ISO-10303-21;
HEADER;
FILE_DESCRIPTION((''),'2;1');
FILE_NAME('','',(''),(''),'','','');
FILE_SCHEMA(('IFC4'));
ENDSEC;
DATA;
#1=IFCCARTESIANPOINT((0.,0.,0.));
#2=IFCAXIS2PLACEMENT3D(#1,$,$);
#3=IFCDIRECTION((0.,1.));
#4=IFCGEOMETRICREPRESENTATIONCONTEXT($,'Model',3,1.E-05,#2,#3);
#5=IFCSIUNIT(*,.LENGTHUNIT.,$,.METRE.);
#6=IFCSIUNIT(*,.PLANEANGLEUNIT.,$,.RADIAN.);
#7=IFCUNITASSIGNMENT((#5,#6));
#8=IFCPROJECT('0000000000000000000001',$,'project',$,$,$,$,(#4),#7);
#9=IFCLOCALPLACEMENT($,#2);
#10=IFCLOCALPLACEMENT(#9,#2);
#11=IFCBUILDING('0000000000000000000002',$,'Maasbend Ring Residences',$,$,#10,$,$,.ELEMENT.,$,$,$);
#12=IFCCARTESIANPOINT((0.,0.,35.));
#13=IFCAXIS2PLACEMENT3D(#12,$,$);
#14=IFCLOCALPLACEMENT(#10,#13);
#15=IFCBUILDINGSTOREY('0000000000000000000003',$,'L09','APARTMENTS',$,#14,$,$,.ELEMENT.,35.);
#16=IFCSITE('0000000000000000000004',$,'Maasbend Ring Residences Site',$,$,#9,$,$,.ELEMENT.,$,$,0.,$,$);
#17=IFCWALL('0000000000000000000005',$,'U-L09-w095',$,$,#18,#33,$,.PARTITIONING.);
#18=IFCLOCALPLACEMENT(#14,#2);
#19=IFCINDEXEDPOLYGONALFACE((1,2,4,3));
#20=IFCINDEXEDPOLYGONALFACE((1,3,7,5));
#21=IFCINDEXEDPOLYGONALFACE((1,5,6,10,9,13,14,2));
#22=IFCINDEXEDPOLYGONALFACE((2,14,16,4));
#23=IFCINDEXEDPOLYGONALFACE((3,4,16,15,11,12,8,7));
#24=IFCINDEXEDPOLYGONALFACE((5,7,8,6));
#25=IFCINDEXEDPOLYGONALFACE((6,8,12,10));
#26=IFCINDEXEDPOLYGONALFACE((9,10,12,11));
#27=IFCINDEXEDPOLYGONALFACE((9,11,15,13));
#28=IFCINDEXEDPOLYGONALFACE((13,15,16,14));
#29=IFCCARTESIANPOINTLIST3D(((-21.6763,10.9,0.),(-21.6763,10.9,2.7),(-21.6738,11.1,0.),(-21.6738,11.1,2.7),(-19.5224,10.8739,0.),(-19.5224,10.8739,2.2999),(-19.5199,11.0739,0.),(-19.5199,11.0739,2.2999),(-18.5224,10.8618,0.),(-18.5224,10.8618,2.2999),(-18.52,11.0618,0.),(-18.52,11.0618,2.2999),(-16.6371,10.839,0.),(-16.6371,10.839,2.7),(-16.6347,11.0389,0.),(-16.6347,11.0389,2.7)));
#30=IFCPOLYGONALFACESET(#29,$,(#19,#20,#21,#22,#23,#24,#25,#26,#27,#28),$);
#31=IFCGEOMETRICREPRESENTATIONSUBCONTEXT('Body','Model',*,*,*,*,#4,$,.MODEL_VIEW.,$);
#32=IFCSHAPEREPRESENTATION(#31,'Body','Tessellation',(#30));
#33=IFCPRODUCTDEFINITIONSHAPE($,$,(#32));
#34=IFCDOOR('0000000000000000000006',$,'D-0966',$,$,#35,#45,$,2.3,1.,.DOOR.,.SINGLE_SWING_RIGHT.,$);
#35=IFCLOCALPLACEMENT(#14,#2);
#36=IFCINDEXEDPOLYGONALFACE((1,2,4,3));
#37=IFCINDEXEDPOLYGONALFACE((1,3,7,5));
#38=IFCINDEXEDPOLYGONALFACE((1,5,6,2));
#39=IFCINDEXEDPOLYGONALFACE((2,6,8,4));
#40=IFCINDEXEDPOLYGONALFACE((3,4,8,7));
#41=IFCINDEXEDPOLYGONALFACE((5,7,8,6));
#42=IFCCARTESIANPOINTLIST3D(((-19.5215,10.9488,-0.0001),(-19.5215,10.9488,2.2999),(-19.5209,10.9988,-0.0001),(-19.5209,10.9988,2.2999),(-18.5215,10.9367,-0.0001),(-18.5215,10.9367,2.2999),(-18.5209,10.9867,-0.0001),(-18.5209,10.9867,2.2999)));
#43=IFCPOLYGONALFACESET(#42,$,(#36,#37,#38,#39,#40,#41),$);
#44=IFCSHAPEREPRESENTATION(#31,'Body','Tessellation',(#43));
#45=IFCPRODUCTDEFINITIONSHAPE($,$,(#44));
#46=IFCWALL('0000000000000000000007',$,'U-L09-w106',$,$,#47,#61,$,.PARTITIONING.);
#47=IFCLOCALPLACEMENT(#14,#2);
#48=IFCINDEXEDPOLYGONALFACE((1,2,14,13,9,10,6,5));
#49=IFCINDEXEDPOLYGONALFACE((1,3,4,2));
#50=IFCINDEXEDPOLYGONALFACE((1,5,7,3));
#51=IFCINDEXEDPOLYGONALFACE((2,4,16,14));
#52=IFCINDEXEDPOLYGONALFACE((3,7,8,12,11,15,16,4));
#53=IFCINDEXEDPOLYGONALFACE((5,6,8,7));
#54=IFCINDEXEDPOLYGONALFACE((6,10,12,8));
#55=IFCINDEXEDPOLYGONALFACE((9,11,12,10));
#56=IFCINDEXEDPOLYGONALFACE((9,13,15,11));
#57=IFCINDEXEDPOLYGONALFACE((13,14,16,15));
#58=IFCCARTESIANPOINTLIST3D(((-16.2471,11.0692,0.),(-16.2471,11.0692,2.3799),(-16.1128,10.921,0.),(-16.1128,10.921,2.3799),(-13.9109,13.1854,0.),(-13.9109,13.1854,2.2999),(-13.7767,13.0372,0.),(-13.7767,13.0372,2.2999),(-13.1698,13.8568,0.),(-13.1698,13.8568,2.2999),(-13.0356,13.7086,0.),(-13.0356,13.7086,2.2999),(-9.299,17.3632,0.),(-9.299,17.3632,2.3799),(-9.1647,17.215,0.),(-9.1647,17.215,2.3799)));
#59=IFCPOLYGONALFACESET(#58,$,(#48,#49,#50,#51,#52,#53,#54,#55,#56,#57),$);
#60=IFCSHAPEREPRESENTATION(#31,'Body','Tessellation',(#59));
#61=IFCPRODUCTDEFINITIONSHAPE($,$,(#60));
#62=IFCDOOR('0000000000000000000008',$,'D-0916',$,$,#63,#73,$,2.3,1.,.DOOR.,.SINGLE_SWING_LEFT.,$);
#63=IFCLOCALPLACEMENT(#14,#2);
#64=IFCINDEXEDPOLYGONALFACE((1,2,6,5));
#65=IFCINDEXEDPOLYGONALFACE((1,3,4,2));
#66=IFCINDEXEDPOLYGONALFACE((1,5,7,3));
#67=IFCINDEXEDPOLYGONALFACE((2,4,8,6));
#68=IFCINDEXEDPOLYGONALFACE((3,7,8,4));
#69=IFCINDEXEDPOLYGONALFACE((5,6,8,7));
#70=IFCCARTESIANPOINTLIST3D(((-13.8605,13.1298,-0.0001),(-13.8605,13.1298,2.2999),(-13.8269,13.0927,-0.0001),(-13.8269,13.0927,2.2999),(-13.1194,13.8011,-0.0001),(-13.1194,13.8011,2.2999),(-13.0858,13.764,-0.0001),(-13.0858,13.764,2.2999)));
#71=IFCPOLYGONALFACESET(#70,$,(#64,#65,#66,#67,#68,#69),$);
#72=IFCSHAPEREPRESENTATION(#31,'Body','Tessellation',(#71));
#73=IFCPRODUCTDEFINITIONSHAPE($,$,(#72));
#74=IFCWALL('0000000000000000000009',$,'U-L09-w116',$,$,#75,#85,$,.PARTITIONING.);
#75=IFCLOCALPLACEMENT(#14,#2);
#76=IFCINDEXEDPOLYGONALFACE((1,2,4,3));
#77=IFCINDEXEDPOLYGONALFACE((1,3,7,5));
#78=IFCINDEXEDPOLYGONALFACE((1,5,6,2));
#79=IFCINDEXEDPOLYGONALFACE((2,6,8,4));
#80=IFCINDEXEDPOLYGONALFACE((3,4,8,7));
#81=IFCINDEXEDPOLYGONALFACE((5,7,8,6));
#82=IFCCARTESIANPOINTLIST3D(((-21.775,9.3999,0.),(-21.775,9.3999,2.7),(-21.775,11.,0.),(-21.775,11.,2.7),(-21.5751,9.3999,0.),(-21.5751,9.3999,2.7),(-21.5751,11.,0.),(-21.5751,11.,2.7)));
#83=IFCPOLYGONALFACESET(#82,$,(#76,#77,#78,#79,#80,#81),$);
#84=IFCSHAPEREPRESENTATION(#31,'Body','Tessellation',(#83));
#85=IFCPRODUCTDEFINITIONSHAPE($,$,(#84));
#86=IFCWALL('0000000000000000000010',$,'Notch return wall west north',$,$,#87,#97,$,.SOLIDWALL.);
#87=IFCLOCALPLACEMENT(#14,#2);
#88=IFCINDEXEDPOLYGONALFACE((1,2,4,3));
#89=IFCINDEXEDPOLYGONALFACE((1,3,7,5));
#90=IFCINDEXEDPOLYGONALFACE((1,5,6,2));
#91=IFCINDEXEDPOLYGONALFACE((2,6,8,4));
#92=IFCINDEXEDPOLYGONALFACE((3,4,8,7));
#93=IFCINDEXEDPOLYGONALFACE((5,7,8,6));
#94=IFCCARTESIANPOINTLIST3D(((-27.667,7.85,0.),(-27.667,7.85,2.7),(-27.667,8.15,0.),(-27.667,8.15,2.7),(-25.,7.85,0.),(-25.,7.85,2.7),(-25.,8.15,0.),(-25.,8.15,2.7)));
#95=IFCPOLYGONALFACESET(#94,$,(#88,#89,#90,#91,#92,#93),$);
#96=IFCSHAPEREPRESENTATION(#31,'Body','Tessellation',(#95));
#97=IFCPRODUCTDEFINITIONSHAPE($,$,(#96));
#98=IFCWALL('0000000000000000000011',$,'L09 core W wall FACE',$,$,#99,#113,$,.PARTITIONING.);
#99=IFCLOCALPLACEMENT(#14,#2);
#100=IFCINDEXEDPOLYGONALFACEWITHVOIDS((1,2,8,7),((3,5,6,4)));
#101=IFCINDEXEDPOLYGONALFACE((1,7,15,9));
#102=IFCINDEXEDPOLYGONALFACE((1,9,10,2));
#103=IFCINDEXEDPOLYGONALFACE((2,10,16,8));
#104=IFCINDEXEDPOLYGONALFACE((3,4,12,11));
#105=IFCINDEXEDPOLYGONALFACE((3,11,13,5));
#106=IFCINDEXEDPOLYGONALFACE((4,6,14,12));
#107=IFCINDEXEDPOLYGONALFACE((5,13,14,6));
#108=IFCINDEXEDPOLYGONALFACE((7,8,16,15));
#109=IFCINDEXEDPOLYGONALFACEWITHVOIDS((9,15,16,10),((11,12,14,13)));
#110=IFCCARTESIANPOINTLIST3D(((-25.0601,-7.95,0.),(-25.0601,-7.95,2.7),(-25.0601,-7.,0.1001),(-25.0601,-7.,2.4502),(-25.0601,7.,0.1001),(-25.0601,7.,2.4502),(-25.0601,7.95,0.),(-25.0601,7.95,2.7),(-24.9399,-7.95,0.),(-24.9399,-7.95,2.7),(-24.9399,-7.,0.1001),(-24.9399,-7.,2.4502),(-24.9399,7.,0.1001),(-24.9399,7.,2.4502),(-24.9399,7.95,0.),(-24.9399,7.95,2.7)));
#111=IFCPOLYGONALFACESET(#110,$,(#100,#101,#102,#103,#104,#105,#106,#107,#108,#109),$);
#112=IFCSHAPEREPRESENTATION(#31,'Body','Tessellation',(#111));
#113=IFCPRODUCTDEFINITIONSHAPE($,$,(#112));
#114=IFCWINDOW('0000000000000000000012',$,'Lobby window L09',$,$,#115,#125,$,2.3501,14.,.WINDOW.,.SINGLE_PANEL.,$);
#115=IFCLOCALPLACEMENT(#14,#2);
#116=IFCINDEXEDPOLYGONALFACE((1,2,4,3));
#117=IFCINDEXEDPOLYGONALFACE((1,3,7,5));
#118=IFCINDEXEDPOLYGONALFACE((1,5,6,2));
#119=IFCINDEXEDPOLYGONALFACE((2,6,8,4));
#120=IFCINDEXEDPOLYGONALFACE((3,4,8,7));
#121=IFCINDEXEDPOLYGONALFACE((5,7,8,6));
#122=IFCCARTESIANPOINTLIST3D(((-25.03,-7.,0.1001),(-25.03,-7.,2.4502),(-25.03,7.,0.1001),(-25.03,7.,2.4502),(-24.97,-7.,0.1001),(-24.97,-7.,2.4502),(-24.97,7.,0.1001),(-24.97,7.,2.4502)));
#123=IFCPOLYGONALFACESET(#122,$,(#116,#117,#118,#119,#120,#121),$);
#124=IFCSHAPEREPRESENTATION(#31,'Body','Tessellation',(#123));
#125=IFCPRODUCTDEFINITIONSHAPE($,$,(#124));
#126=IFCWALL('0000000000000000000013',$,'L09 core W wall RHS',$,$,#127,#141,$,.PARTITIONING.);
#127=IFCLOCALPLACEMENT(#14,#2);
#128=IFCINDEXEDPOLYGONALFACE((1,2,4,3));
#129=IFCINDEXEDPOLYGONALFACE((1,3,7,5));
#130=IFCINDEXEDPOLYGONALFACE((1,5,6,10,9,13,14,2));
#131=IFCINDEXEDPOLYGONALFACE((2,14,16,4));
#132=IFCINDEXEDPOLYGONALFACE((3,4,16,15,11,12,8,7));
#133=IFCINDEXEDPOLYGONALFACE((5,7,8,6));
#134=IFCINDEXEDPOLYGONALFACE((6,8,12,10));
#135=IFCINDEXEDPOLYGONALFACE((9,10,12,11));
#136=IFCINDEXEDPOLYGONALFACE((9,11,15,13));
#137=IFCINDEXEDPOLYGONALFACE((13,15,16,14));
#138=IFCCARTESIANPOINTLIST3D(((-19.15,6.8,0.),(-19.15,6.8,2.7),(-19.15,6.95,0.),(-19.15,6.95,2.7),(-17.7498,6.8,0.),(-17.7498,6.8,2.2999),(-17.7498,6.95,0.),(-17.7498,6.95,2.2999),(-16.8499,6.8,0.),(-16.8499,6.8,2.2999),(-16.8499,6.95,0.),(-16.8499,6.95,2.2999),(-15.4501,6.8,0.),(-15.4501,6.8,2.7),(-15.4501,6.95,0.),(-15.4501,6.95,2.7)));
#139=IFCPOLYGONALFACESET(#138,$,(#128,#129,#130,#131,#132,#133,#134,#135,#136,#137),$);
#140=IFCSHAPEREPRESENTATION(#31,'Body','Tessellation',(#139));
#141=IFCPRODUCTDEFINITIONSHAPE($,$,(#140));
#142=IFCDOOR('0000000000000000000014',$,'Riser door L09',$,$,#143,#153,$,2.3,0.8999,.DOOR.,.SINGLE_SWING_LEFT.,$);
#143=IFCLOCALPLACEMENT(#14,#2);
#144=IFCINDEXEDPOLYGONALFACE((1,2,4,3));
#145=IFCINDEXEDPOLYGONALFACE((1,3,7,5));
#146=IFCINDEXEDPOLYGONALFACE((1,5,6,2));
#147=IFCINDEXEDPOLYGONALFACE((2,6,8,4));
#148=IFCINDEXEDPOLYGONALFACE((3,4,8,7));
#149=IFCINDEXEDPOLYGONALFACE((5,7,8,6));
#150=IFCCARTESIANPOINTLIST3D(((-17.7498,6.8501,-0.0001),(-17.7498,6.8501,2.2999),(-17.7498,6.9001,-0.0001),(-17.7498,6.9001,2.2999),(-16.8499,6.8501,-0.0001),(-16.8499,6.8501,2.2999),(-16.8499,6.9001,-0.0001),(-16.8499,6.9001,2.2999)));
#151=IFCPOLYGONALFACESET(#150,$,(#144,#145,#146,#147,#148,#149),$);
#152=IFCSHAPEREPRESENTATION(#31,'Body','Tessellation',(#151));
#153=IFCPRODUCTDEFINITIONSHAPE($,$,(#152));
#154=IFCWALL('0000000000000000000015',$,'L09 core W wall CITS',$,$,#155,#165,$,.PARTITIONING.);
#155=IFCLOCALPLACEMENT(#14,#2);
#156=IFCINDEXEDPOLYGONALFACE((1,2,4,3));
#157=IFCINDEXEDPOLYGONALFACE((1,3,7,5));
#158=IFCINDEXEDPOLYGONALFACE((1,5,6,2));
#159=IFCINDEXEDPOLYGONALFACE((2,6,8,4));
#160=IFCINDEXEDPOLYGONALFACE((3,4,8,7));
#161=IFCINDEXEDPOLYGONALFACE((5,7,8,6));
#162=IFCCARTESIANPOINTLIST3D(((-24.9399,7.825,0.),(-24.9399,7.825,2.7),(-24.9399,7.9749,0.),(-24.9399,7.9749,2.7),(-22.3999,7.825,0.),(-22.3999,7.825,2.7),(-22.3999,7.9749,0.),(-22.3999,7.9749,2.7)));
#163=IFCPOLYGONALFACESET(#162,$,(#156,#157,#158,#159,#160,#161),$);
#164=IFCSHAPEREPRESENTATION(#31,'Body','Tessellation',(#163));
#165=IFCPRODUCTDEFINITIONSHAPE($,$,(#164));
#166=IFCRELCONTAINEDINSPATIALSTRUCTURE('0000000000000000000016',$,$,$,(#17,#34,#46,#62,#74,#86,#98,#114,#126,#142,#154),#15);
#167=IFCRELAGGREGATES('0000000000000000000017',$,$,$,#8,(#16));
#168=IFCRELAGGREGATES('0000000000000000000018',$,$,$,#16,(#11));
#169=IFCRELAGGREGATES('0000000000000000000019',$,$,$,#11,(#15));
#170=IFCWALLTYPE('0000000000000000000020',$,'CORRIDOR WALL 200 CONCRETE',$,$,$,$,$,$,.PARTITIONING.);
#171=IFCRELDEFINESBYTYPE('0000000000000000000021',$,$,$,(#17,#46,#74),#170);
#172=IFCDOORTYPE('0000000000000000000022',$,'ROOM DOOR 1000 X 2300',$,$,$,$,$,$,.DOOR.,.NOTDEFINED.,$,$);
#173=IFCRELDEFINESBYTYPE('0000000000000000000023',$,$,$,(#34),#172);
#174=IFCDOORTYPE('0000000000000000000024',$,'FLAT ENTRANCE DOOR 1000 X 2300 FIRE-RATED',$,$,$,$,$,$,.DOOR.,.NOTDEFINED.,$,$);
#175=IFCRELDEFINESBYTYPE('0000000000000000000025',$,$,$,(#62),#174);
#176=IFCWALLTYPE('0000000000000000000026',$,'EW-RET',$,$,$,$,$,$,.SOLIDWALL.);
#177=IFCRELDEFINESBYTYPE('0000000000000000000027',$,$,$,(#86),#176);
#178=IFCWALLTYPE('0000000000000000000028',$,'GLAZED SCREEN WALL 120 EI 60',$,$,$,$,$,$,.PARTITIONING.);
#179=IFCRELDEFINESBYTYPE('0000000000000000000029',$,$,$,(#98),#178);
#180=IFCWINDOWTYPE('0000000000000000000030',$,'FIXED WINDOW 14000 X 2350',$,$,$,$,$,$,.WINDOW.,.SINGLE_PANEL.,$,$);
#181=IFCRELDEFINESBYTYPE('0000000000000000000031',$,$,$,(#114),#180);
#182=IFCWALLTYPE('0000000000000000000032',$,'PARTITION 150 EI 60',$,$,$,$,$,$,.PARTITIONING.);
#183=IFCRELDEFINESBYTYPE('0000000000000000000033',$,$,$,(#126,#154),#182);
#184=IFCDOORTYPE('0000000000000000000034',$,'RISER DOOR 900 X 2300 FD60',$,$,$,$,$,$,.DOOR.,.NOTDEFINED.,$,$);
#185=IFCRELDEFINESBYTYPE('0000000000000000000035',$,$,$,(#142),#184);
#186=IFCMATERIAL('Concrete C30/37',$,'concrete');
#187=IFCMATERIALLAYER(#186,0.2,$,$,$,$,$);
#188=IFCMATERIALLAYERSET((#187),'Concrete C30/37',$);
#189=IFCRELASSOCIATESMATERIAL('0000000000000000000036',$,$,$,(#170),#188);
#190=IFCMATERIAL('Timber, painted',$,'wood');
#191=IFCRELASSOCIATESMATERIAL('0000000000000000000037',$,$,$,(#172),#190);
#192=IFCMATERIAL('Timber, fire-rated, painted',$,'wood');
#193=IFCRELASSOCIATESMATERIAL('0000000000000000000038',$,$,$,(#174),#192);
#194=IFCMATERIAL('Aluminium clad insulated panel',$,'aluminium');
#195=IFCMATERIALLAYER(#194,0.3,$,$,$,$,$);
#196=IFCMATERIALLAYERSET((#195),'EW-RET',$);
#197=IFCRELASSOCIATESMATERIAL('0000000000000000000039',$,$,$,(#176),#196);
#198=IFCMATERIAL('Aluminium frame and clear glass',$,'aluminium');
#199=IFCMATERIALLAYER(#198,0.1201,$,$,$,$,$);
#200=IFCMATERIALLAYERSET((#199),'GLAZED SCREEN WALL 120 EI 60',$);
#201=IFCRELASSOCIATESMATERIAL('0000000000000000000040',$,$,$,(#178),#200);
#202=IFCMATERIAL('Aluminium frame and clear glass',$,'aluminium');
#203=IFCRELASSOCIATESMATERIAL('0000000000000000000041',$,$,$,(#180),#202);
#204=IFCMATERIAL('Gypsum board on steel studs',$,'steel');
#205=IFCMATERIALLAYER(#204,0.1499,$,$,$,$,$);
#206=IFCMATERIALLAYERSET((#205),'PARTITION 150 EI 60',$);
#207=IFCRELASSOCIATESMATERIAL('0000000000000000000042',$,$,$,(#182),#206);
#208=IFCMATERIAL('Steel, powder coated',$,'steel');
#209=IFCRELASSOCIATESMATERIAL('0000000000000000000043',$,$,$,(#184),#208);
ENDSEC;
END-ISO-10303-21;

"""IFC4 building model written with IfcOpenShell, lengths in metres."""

from ifc_helpers import new_model, si_unit, direction, frame, frame_2d, origin, place, context, subcontext, project, spatial, rectangle, extrude, material, layer, layer_set, type_object, element, fill, save


model = new_model("IFC4")

# Units and contexts
model_context = context("Model", 3, precision=1e-05, world=origin(), true_north=direction((0.0, 1.0)))
body_context = subcontext(model_context, "Body", "Model", "MODEL_VIEW")
ifc_project = project(units=[si_unit("LENGTHUNIT", "METRE"), si_unit("PLANEANGLEUNIT", "RADIAN")], contexts=[model_context])

# Site, building, storey
site_placement = place(None, origin())
site = spatial("IfcSite", under=ifc_project, at=site_placement, Name="Maasbend Ring Residences Site", CompositionType="ELEMENT", RefElevation=0.0)
building_placement = place(site_placement, origin())
building = spatial("IfcBuilding", under=site, at=building_placement, Name="Maasbend Ring Residences", CompositionType="ELEMENT")
storey_placement = place(building_placement, frame((0.0, 0.0, 35.0)))
storey = spatial("IfcBuildingStorey", under=building, at=storey_placement, Name="L09", Description="APARTMENTS", CompositionType="ELEMENT", Elevation=35.0)

# Walls, openings, doors
ifc_material_1 = material(Name="Concrete C30/37", Category="concrete")
ifc_layer_1 = layer(ifc_material_1, 0.2)
ifc_layer_set_1 = layer_set([ifc_layer_1], Name="Concrete C30/37")
wall_type_1 = type_object("IfcWallType", Name="CORRIDOR WALL 200 CONCRETE", PredefinedType="PARTITIONING", material=ifc_layer_set_1)
wall_1_placement = place(storey_placement, frame((-21.675, 11.0, 0.0), z_axis=(0.0, 0.0, 1.0), x_axis=(0.999927, -0.012112, 0.0)))
wall_1 = element("IfcWall", 1, at=wall_1_placement, inside=storey, type_object=wall_type_1, Name="U-L09-w095", PredefinedType="PARTITIONING", context=body_context, shape_type="SweptSolid", body=[
    extrude(rectangle(XDim=5.0396, YDim=0.2, at=frame_2d((2.5198, 0.0))), origin(), (0.0, 0.0, 1.0), 2.7),
])
opening_1_placement = place(wall_1_placement, frame((2.1541, 0.0, 0.0)))
opening_1 = element("IfcOpeningElement", 2, at=opening_1_placement, cuts=wall_1, PredefinedType="OPENING", context=body_context, shape_type="SweptSolid", body=[
    extrude(rectangle(XDim=1.0, YDim=2.3, at=frame_2d((0.5, 1.1499))), frame((0.0, 0.1099, 0.0), z_axis=(0.0, -1.0, 0.0), x_axis=(1.0, 0.0, 0.0)), (0.0, 0.0, 1.0), 0.22),
])
ifc_material_2 = material(Name="Timber, painted", Category="wood")
door_type_1 = type_object("IfcDoorType", Name="ROOM DOOR 1000 X 2300", OperationType="NOTDEFINED", PredefinedType="DOOR", material=ifc_material_2)
door_1_placement = place(opening_1_placement, origin())
door_1 = element("IfcDoor", 3, at=door_1_placement, inside=storey, type_object=door_type_1, Name="D-0966", OperationType="SINGLE_SWING_RIGHT", OverallHeight=2.3, OverallWidth=1.0, PredefinedType="DOOR", context=body_context, shape_type="SweptSolid", body=[
    extrude(rectangle(XDim=1.0, YDim=2.3, at=frame_2d((0.5, 1.1499))), frame((0.0, 0.0249, 0.0), z_axis=(0.0, -1.0, 0.0), x_axis=(1.0, 0.0, 0.0)), (0.0, 0.0, 1.0), 0.05),
])
fill(opening_1, door_1)
wall_2_placement = place(storey_placement, frame((-16.1799, 10.9951, 0.0), z_axis=(0.0, 0.0, 1.0), x_axis=(0.741129, 0.671363, 0.0)))
wall_2 = element("IfcWall", 4, at=wall_2_placement, inside=storey, type_object=wall_type_1, Name="U-L09-w106", PredefinedType="PARTITIONING", context=body_context, shape_type="SweptSolid", body=[
    extrude(rectangle(XDim=9.375, YDim=0.2, at=frame_2d((4.6875, 0.0))), origin(), (0.0, 0.0, 1.0), 2.3799),
])
opening_2_placement = place(wall_2_placement, frame((3.1521, 0.0, 0.0)))
opening_2 = element("IfcOpeningElement", 5, at=opening_2_placement, cuts=wall_2, PredefinedType="OPENING", context=body_context, shape_type="SweptSolid", body=[
    extrude(rectangle(XDim=1.0, YDim=2.3, at=frame_2d((0.5, 1.1499))), frame((0.0, 0.1099, 0.0), z_axis=(0.0, -1.0, 0.0), x_axis=(1.0, 0.0, 0.0)), (0.0, 0.0, 1.0), 0.22),
])
ifc_material_3 = material(Name="Timber, fire-rated, painted", Category="wood")
door_type_2 = type_object("IfcDoorType", Name="FLAT ENTRANCE DOOR 1000 X 2300 FIRE-RATED", OperationType="NOTDEFINED", PredefinedType="DOOR", material=ifc_material_3)
door_2_placement = place(opening_2_placement, origin())
door_2 = element("IfcDoor", 6, at=door_2_placement, inside=storey, type_object=door_type_2, Name="D-0916", OperationType="SINGLE_SWING_LEFT", OverallHeight=2.3, OverallWidth=1.0, PredefinedType="DOOR", context=body_context, shape_type="SweptSolid", body=[
    extrude(rectangle(XDim=1.0, YDim=2.3, at=frame_2d((0.5, 1.1499))), frame((0.0, 0.0249, 0.0), z_axis=(0.0, -1.0, 0.0), x_axis=(1.0, 0.0, 0.0)), (0.0, 0.0, 1.0), 0.05),
])
fill(opening_2, door_2)

# Walls
wall_3_placement = place(storey_placement, frame((-21.675, 9.3999, 0.0), z_axis=(0.0, 0.0, 1.0), x_axis=(0.0, 1.0, 0.0)))
element("IfcWall", 7, at=wall_3_placement, inside=storey, type_object=wall_type_1, Name="U-L09-w116", PredefinedType="PARTITIONING", context=body_context, shape_type="SweptSolid", body=[
    extrude(rectangle(XDim=1.6001, YDim=0.2, at=frame_2d((0.8, 0.0))), origin(), (0.0, 0.0, 1.0), 2.7),
])
ifc_material_4 = material(Name="Aluminium clad insulated panel", Category="aluminium")
ifc_layer_2 = layer(ifc_material_4, 0.3)
ifc_layer_set_2 = layer_set([ifc_layer_2], Name="EW-RET")
wall_type_2 = type_object("IfcWallType", Name="EW-RET", PredefinedType="SOLIDWALL", material=ifc_layer_set_2)
wall_4_placement = place(storey_placement, frame((-25.0, 8.0, 0.0), z_axis=(0.0, 0.0, 1.0), x_axis=(-1.0, 0.0, 0.0)))
element("IfcWall", 8, at=wall_4_placement, inside=storey, type_object=wall_type_2, Name="Notch return wall west north", PredefinedType="SOLIDWALL", context=body_context, shape_type="SweptSolid", body=[
    extrude(rectangle(XDim=2.667, YDim=0.3, at=frame_2d((1.3335, 0.0))), origin(), (0.0, 0.0, 1.0), 2.7),
])

# Wall, opening, window
ifc_material_5 = material(Name="Aluminium frame and clear glass", Category="aluminium")
ifc_layer_3 = layer(ifc_material_5, 0.1201)
ifc_layer_set_3 = layer_set([ifc_layer_3], Name="GLAZED SCREEN WALL 120 EI 60")
wall_type_3 = type_object("IfcWallType", Name="GLAZED SCREEN WALL 120 EI 60", PredefinedType="PARTITIONING", material=ifc_layer_set_3)
wall_5_placement = place(storey_placement, frame((-25.0, 7.95, 0.0), z_axis=(0.0, 0.0, 1.0), x_axis=(0.0, -1.0, 0.0)))
wall_5 = element("IfcWall", 9, at=wall_5_placement, inside=storey, type_object=wall_type_3, Name="L09 core W wall FACE", PredefinedType="PARTITIONING", context=body_context, shape_type="SweptSolid", body=[
    extrude(rectangle(XDim=15.8999, YDim=0.1201, at=frame_2d((7.95, 0.0))), origin(), (0.0, 0.0, 1.0), 2.7),
])
opening_3_placement = place(wall_5_placement, frame((0.95, 0.0, 0.1001)))
opening_3 = element("IfcOpeningElement", 10, at=opening_3_placement, cuts=wall_5, PredefinedType="OPENING", context=body_context, shape_type="SweptSolid", body=[
    extrude(rectangle(XDim=14.0, YDim=2.3501, at=frame_2d((7.0, 1.175))), frame((0.0, 0.0701, 0.0), z_axis=(0.0, -1.0, 0.0), x_axis=(1.0, 0.0, 0.0)), (0.0, 0.0, 1.0), 0.1401),
])
ifc_material_6 = material(Name="Aluminium frame and clear glass", Category="aluminium")
window_type = type_object("IfcWindowType", Name="FIXED WINDOW 14000 X 2350", PartitioningType="SINGLE_PANEL", PredefinedType="WINDOW", material=ifc_material_6)
window_placement = place(opening_3_placement, origin())
window = element("IfcWindow", 11, at=window_placement, inside=storey, type_object=window_type, Name="Lobby window L09", OverallHeight=2.3501, OverallWidth=14.0, PartitioningType="SINGLE_PANEL", PredefinedType="WINDOW", context=body_context, shape_type="SweptSolid", body=[
    extrude(rectangle(XDim=14.0, YDim=2.3501, at=frame_2d((7.0, 1.175))), frame((0.0, 0.03, 0.0), z_axis=(0.0, -1.0, 0.0), x_axis=(1.0, 0.0, 0.0)), (0.0, 0.0, 1.0), 0.0601),
])
fill(opening_3, window)

# Wall, opening, door
ifc_material_7 = material(Name="Gypsum board on steel studs", Category="steel")
ifc_layer_4 = layer(ifc_material_7, 0.1499)
ifc_layer_set_4 = layer_set([ifc_layer_4], Name="PARTITION 150 EI 60")
wall_type_4 = type_object("IfcWallType", Name="PARTITION 150 EI 60", PredefinedType="PARTITIONING", material=ifc_layer_set_4)
wall_6_placement = place(storey_placement, frame((-15.45, 6.875, 0.0), z_axis=(0.0, 0.0, 1.0), x_axis=(-1.0, 0.0, 0.0)))
wall_6 = element("IfcWall", 12, at=wall_6_placement, inside=storey, type_object=wall_type_4, Name="L09 core W wall RHS", PredefinedType="PARTITIONING", context=body_context, shape_type="SweptSolid", body=[
    extrude(rectangle(XDim=3.7, YDim=0.1499, at=frame_2d((1.8501, 0.0))), origin(), (0.0, 0.0, 1.0), 2.7),
])
opening_4_placement = place(wall_6_placement, frame((1.3999, 0.0, 0.0)))
opening_4 = element("IfcOpeningElement", 13, at=opening_4_placement, cuts=wall_6, PredefinedType="OPENING", context=body_context, shape_type="SweptSolid", body=[
    extrude(rectangle(XDim=0.8999, YDim=2.3, at=frame_2d((0.45, 1.1499))), frame((0.0, 0.085, 0.0), z_axis=(0.0, -1.0, 0.0), x_axis=(1.0, 0.0, 0.0)), (0.0, 0.0, 1.0), 0.1699),
])
ifc_material_8 = material(Name="Steel, powder coated", Category="steel")
door_type_3 = type_object("IfcDoorType", Name="RISER DOOR 900 X 2300 FD60", OperationType="NOTDEFINED", PredefinedType="DOOR", material=ifc_material_8)
door_3_placement = place(opening_4_placement, origin())
door_3 = element("IfcDoor", 14, at=door_3_placement, inside=storey, type_object=door_type_3, Name="Riser door L09", OperationType="SINGLE_SWING_LEFT", OverallHeight=2.3, OverallWidth=0.8999, PredefinedType="DOOR", context=body_context, shape_type="SweptSolid", body=[
    extrude(rectangle(XDim=0.8999, YDim=2.3, at=frame_2d((0.45, 1.1499))), frame((0.0, 0.0249, 0.0), z_axis=(0.0, -1.0, 0.0), x_axis=(1.0, 0.0, 0.0)), (0.0, 0.0, 1.0), 0.05),
])
fill(opening_4, door_3)

# Wall
wall_7_placement = place(storey_placement, frame((-22.3999, 7.8999, 0.0), z_axis=(0.0, 0.0, 1.0), x_axis=(-1.0, 0.0, 0.0)))
element("IfcWall", 15, at=wall_7_placement, inside=storey, type_object=wall_type_4, Name="L09 core W wall CITS", PredefinedType="PARTITIONING", context=body_context, shape_type="SweptSolid", body=[
    extrude(rectangle(XDim=2.54, YDim=0.1499, at=frame_2d((1.27, 0.0))), origin(), (0.0, 0.0, 1.0), 2.7),
])

save(model, "model.ifc")
